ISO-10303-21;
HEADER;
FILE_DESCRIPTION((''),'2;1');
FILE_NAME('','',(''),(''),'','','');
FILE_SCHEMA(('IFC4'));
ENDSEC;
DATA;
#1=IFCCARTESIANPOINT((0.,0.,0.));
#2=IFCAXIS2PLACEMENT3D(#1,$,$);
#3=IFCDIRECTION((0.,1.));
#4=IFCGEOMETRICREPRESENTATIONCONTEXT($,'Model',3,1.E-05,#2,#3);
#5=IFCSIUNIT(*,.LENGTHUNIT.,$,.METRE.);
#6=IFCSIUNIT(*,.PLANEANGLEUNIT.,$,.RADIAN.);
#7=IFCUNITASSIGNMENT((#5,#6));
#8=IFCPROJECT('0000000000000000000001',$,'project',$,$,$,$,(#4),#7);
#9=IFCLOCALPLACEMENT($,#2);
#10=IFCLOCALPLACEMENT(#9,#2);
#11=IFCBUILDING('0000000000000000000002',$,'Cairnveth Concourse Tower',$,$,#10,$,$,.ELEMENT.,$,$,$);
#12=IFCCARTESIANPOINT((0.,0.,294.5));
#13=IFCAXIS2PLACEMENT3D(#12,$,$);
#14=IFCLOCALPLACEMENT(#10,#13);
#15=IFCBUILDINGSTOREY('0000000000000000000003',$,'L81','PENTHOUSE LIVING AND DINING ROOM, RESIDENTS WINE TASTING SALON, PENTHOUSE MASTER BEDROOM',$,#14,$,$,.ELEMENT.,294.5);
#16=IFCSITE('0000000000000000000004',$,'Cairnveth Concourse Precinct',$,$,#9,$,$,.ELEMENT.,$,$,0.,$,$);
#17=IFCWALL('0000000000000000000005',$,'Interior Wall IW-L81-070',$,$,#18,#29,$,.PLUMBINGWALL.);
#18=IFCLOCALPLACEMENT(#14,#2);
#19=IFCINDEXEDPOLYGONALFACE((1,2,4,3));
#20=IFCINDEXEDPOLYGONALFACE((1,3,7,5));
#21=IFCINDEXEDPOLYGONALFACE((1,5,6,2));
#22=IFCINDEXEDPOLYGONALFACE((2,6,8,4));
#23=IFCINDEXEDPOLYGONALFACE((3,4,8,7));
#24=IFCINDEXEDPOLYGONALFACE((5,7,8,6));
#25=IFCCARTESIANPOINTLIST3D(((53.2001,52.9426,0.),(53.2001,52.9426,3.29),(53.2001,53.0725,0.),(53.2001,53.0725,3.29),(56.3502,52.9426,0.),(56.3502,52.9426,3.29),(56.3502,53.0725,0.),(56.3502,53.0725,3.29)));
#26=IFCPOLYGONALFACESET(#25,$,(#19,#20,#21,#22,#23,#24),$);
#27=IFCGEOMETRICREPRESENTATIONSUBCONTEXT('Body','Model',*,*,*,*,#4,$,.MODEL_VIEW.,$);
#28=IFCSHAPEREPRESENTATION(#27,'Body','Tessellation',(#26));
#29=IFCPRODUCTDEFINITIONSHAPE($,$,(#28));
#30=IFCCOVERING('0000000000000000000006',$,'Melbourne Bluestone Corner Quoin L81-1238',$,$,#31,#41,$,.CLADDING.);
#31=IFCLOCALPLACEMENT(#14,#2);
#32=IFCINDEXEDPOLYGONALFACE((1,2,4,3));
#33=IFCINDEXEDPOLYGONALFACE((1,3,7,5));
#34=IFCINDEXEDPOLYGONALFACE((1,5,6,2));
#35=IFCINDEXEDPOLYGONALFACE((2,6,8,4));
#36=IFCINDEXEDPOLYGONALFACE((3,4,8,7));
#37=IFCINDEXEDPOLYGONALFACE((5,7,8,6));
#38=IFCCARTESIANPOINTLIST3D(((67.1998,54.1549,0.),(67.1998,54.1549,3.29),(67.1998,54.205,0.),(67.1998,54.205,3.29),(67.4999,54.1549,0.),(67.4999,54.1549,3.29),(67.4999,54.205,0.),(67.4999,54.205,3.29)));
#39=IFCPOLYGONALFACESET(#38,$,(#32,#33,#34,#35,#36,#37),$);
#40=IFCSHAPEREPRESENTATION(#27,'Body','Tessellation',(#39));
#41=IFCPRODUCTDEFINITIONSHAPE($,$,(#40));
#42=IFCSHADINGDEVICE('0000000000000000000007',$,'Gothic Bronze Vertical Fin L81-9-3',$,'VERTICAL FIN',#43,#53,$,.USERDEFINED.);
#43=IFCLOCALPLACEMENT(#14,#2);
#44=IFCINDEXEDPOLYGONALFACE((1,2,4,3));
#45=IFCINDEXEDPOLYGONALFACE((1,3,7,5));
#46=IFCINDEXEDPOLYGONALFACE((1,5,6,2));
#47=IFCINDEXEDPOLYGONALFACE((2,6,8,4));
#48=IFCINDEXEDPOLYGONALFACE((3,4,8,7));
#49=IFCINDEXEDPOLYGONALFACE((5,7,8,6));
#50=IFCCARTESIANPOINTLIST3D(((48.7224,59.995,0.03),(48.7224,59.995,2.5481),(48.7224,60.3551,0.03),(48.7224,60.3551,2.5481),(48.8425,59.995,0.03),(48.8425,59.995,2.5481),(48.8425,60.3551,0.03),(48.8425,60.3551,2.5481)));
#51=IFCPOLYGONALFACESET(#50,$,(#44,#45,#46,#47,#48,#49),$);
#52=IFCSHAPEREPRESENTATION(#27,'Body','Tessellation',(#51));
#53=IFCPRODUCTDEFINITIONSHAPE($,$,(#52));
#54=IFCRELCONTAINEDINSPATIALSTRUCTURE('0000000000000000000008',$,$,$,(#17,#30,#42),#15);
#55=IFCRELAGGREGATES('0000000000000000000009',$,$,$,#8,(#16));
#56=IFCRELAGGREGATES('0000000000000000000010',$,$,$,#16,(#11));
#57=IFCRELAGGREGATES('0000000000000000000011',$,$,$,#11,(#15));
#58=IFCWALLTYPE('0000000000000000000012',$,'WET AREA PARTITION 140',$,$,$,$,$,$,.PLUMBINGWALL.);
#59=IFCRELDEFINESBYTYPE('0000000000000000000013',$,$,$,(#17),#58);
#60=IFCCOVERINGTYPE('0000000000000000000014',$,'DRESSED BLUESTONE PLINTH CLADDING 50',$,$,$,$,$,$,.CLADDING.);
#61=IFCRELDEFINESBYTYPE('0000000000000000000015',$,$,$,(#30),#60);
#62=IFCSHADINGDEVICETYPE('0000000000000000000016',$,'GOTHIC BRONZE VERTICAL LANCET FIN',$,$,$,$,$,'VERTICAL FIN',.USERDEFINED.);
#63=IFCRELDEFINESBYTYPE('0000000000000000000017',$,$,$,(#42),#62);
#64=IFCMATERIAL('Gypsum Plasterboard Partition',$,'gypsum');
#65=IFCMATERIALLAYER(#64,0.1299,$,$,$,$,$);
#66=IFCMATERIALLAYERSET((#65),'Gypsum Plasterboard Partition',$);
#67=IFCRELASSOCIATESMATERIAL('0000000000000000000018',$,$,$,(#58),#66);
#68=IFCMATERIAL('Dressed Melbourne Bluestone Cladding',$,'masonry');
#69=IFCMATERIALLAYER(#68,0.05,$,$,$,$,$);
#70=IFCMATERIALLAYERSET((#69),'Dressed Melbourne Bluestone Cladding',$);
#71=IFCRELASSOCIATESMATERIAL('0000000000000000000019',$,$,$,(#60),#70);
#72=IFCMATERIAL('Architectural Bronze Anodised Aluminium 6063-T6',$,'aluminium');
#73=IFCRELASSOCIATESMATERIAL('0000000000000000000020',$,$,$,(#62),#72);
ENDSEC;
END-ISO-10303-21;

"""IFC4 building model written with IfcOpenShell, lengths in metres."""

from ifc_helpers import new_model, si_unit, direction, frame, frame_2d, origin, origin_2d, place, context, subcontext, project, spatial, rectangle, extrude, material, layer, layer_set, type_object, element, save


model = new_model("IFC4")

# Units and contexts
model_context = context("Model", 3, precision=1e-05, world=origin(), true_north=direction((0.0, 1.0)))
body_context = subcontext(model_context, "Body", "Model", "MODEL_VIEW")
ifc_project = project(units=[si_unit("LENGTHUNIT", "METRE"), si_unit("PLANEANGLEUNIT", "RADIAN")], contexts=[model_context])

# Site, building, storey
site_placement = place(None, origin())
site = spatial("IfcSite", under=ifc_project, at=site_placement, Name="Cairnveth Concourse Precinct", CompositionType="ELEMENT", RefElevation=0.0)
building_placement = place(site_placement, origin())
building = spatial("IfcBuilding", under=site, at=building_placement, Name="Cairnveth Concourse Tower", CompositionType="ELEMENT")
storey_placement = place(building_placement, frame((0.0, 0.0, 294.5)))
storey = spatial("IfcBuildingStorey", under=building, at=storey_placement, Name="L81", Description="PENTHOUSE LIVING AND DINING ROOM, RESIDENTS WINE TASTING SALON, PENTHOUSE MASTER BEDROOM", CompositionType="ELEMENT", Elevation=294.5)

# Shared definitions
ifc_material_1 = material(Name="Gypsum Plasterboard Partition", Category="gypsum")

# Shared definitions
ifc_layer_1 = layer(ifc_material_1, 0.1299)
ifc_layer_set_1 = layer_set([ifc_layer_1], Name="Gypsum Plasterboard Partition")
wall_type_1 = type_object("IfcWallType", Name="WET AREA PARTITION 140", PredefinedType="PLUMBINGWALL", material=ifc_layer_set_1)

# Wall
wall_1_placement = place(storey_placement, frame((53.2, 53.0076, 0.0), z_axis=(0.0, 0.0, 1.0), x_axis=(1.0, 0.0, 0.0)))
element("IfcWall", 1, at=wall_1_placement, inside=storey, type_object=wall_type_1, Name="Interior Wall IW-L81-070", PredefinedType="PLUMBINGWALL", context=body_context, shape_type="SweptSolid", body=[
    extrude(rectangle(XDim=3.1501, YDim=0.1299, at=frame_2d((1.5752, 0.0))), origin(), (0.0, 0.0, 1.0), 3.29),
])

# Covering
ifc_material_2 = material(Name="Dressed Melbourne Bluestone Cladding", Category="masonry")
ifc_layer_2 = layer(ifc_material_2, 0.05)
ifc_layer_set_2 = layer_set([ifc_layer_2], Name="Dressed Melbourne Bluestone Cladding")
covering_type = type_object("IfcCoveringType", Name="DRESSED BLUESTONE PLINTH CLADDING 50", PredefinedType="CLADDING", material=ifc_layer_set_2)
covering_placement = place(storey_placement, frame((67.2, 54.1799, 0.0), z_axis=(0.0, 0.0, 1.0), x_axis=(1.0, 0.0, 0.0)))
element("IfcCovering", 2, at=covering_placement, inside=storey, type_object=covering_type, Name="Melbourne Bluestone Corner Quoin L81-1238", PredefinedType="CLADDING", context=body_context, shape_type="SweptSolid", body=[
    extrude(rectangle(XDim=0.3, YDim=0.05, at=frame_2d((0.1499, 0.0))), origin(), (0.0, 0.0, 1.0), 3.29),
])

# Shading device
ifc_material_3 = material(Name="Architectural Bronze Anodised Aluminium 6063-T6", Category="aluminium")
shading_device_type = type_object("IfcShadingDeviceType", Name="GOTHIC BRONZE VERTICAL LANCET FIN", ElementType="VERTICAL FIN", PredefinedType="USERDEFINED", material=ifc_material_3)
shading_device_placement = place(storey_placement, frame((48.7825, 60.175, 0.03), z_axis=(0.0, 0.0, 1.0), x_axis=(1.0, 0.0, 0.0)))
element("IfcShadingDevice", 3, at=shading_device_placement, inside=storey, type_object=shading_device_type, Name="Gothic Bronze Vertical Fin L81-9-3", ObjectType="VERTICAL FIN", PredefinedType="USERDEFINED", context=body_context, shape_type="SweptSolid", body=[
    extrude(rectangle(XDim=0.1201, YDim=0.3601, at=origin_2d()), origin(), (0.0, 0.0, 1.0), 2.5181),
])

save(model, "model.ifc")
